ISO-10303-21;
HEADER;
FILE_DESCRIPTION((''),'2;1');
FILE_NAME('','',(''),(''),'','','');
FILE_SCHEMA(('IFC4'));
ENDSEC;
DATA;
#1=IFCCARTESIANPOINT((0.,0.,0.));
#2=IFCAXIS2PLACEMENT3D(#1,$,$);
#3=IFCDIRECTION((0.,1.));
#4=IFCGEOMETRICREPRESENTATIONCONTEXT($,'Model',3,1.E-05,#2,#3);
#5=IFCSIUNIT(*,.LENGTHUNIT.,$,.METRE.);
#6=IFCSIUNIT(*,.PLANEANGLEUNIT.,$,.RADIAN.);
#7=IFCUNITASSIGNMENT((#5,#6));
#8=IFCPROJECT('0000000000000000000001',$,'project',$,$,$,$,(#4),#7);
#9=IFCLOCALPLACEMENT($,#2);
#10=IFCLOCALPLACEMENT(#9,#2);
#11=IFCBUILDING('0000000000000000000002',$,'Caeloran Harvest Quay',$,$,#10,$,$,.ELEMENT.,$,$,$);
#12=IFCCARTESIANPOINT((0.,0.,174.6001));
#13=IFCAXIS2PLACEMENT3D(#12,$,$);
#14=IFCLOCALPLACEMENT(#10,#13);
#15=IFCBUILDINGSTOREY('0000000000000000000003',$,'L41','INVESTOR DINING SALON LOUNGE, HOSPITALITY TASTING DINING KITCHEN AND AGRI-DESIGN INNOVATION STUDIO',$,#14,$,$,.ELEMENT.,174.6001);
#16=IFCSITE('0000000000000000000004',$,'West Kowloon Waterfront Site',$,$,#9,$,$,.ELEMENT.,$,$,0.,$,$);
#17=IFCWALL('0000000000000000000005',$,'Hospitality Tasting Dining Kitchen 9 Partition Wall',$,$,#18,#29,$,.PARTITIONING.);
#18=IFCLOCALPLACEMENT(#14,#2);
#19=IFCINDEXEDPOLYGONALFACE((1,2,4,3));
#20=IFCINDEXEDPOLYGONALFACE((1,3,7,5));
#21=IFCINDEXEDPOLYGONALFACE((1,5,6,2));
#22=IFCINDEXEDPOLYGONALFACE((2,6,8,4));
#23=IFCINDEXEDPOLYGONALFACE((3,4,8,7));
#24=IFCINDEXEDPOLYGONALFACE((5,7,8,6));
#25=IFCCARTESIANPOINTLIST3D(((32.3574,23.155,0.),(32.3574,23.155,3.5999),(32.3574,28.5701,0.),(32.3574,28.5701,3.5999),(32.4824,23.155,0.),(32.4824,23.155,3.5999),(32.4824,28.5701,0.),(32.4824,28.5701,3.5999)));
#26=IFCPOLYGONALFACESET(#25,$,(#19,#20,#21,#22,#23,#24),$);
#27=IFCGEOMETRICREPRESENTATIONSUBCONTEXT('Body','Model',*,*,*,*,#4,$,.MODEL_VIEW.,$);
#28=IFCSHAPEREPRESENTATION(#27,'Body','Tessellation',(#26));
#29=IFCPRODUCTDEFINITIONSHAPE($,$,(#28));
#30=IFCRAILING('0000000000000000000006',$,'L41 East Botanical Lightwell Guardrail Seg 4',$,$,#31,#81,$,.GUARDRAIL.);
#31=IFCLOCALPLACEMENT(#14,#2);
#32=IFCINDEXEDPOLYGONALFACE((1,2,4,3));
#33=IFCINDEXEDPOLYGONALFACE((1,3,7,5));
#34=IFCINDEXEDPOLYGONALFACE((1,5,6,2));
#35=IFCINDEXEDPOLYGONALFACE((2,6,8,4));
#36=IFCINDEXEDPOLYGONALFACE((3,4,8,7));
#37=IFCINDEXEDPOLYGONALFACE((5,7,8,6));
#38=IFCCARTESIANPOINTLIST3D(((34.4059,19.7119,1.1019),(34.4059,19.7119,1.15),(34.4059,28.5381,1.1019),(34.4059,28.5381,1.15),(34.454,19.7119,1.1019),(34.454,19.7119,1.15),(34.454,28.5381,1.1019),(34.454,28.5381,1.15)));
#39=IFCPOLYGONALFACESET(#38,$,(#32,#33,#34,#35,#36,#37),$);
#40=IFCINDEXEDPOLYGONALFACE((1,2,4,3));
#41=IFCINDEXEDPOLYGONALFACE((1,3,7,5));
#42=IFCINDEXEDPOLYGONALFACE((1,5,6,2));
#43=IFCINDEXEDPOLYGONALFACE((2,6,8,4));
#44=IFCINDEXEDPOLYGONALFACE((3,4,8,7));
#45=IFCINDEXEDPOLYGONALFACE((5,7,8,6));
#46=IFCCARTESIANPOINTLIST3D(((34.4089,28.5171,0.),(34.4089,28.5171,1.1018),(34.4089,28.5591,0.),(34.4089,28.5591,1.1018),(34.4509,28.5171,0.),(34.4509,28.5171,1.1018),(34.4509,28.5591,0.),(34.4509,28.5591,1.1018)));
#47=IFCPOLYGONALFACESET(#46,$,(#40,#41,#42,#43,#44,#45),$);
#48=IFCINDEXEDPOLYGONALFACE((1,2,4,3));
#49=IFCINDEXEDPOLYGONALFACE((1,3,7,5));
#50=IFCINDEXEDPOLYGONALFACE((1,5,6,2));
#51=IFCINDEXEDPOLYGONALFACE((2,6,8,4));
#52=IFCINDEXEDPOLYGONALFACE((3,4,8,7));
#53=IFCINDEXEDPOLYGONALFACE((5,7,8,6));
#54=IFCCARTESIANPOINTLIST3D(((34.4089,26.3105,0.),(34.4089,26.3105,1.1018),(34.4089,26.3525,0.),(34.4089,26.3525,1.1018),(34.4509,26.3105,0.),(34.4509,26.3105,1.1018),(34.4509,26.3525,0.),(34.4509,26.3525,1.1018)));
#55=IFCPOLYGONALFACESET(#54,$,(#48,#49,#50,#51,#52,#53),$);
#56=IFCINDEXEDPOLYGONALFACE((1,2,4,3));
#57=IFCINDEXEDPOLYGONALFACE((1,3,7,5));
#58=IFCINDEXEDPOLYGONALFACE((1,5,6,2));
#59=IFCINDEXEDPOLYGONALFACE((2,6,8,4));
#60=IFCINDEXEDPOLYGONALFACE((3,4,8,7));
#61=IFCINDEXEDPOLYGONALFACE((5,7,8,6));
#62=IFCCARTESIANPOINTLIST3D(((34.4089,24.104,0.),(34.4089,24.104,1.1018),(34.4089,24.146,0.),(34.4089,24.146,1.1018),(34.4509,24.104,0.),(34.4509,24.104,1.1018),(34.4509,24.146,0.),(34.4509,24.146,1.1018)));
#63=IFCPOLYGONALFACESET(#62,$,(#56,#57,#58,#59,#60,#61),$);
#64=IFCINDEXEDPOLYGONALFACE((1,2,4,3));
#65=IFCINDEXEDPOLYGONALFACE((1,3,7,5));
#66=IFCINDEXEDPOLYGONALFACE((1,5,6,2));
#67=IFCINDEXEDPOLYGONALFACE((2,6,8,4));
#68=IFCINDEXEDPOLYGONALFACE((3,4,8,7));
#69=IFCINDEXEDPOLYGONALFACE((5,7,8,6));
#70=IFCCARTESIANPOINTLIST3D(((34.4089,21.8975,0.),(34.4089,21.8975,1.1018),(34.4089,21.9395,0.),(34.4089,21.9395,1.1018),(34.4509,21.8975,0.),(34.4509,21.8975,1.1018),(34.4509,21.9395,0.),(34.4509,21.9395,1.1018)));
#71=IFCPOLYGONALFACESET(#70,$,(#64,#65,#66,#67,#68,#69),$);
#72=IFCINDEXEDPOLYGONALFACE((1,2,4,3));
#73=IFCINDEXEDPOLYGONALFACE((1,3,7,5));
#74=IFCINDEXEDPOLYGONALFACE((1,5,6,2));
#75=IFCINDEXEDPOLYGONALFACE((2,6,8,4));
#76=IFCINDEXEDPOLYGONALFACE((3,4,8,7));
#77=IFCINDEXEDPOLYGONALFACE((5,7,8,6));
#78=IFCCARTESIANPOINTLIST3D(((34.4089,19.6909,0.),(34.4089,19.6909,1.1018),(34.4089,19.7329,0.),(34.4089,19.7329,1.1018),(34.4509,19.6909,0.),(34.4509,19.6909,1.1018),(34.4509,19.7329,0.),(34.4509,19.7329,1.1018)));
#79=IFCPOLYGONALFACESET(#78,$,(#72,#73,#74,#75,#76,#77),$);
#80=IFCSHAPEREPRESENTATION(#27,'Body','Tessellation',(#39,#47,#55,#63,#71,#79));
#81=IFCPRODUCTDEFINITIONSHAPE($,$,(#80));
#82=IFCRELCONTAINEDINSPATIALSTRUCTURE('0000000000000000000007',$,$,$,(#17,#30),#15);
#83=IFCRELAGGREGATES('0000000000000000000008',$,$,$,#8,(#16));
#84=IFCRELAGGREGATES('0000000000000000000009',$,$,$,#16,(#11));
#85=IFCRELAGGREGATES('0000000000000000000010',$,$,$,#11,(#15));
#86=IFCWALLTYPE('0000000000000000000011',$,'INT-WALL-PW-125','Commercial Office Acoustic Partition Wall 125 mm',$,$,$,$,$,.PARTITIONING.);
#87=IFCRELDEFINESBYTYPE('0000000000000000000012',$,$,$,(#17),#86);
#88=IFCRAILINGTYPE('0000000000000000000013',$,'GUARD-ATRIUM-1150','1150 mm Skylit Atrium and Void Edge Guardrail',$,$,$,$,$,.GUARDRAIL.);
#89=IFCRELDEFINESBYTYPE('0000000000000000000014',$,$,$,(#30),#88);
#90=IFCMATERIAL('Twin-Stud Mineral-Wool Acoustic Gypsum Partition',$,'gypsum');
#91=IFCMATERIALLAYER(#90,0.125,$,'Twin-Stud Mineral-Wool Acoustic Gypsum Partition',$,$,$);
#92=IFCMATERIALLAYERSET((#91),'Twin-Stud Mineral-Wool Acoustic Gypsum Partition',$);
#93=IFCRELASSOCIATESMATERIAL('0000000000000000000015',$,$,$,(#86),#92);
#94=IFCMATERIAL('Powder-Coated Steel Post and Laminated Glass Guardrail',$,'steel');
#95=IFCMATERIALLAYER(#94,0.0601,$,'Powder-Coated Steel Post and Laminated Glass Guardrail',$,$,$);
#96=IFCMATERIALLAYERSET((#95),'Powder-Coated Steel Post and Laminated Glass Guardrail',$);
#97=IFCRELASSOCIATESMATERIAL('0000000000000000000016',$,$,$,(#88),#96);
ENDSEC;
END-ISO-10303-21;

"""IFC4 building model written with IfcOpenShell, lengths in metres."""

from ifc_helpers import new_model, si_unit, direction, frame, frame_2d, origin, origin_2d, place, context, subcontext, project, spatial, rectangle, extrude, material, layer, layer_set, type_object, element, save


model = new_model("IFC4")

# Units and contexts
model_context = context("Model", 3, precision=1e-05, world=origin(), true_north=direction((0.0, 1.0)))
body_context = subcontext(model_context, "Body", "Model", "MODEL_VIEW")
ifc_project = project(units=[si_unit("LENGTHUNIT", "METRE"), si_unit("PLANEANGLEUNIT", "RADIAN")], contexts=[model_context])

# Site, building, storey
site_placement = place(None, origin())
site = spatial("IfcSite", under=ifc_project, at=site_placement, Name="West Kowloon Waterfront Site", CompositionType="ELEMENT", RefElevation=0.0)
building_placement = place(site_placement, origin())
building = spatial("IfcBuilding", under=site, at=building_placement, Name="Caeloran Harvest Quay", CompositionType="ELEMENT")
storey_placement = place(building_placement, frame((0.0, 0.0, 174.6001)))
storey = spatial("IfcBuildingStorey", under=building, at=storey_placement, Name="L41", Description="INVESTOR DINING SALON LOUNGE, HOSPITALITY TASTING DINING KITCHEN AND AGRI-DESIGN INNOVATION STUDIO", CompositionType="ELEMENT", Elevation=174.6001)

# Wall
ifc_material_1 = material(Name="Twin-Stud Mineral-Wool Acoustic Gypsum Partition", Category="gypsum")
ifc_layer_1 = layer(ifc_material_1, 0.125, Name="Twin-Stud Mineral-Wool Acoustic Gypsum Partition")
ifc_layer_set_1 = layer_set([ifc_layer_1], Name="Twin-Stud Mineral-Wool Acoustic Gypsum Partition")
wall_type = type_object("IfcWallType", Name="INT-WALL-PW-125", Description="Commercial Office Acoustic Partition Wall 125 mm", PredefinedType="PARTITIONING", material=ifc_layer_set_1)
wall_placement = place(storey_placement, frame((32.4199, 28.5701, 0.0), z_axis=(0.0, 0.0, 1.0), x_axis=(0.0, -1.0, 0.0)))
element("IfcWall", 1, at=wall_placement, inside=storey, type_object=wall_type, Name="Hospitality Tasting Dining Kitchen 9 Partition Wall", PredefinedType="PARTITIONING", context=body_context, shape_type="SweptSolid", body=[
    extrude(rectangle(XDim=5.415, YDim=0.125, at=frame_2d((2.7075, 0.0))), origin(), (0.0, 0.0, 1.0), 3.5999),
])

# Railing
ifc_material_2 = material(Name="Powder-Coated Steel Post and Laminated Glass Guardrail", Category="steel")
ifc_layer_2 = layer(ifc_material_2, 0.0601, Name="Powder-Coated Steel Post and Laminated Glass Guardrail")
ifc_layer_set_2 = layer_set([ifc_layer_2], Name="Powder-Coated Steel Post and Laminated Glass Guardrail")
railing_type = type_object("IfcRailingType", Name="GUARD-ATRIUM-1150", Description="1150 mm Skylit Atrium and Void Edge Guardrail", PredefinedType="GUARDRAIL", material=ifc_layer_set_2)
railing_placement = place(storey_placement, frame((34.4299, 28.5381, 0.0)))
element("IfcRailing", 2, at=railing_placement, inside=storey, type_object=railing_type, Name="L41 East Botanical Lightwell Guardrail Seg 4", PredefinedType="GUARDRAIL", context=body_context, shape_type="SweptSolid", body=[
    extrude(rectangle(XDim=0.0481, YDim=0.0481, at=origin_2d()), frame((0.0, 0.0, 1.126), z_axis=(0.0, -1.0, 0.0), x_axis=(1.0, 0.0, 0.0)), (0.0, 0.0, 1.0), 8.8262),
    extrude(rectangle(XDim=0.042, YDim=0.042, at=origin_2d()), origin(), (0.0, 0.0, 1.0), 1.1018),
    extrude(rectangle(XDim=0.042, YDim=0.042, at=origin_2d()), frame((0.0, -2.2065, 0.0)), (0.0, 0.0, 1.0), 1.1018),
    extrude(rectangle(XDim=0.042, YDim=0.042, at=origin_2d()), frame((0.0, -4.4131, 0.0)), (0.0, 0.0, 1.0), 1.1018),
    extrude(rectangle(XDim=0.042, YDim=0.042, at=origin_2d()), frame((0.0, -6.6196, 0.0)), (0.0, 0.0, 1.0), 1.1018),
    extrude(rectangle(XDim=0.042, YDim=0.042, at=origin_2d()), frame((0.0, -8.8262, 0.0)), (0.0, 0.0, 1.0), 1.1018),
])

save(model, "model.ifc")
